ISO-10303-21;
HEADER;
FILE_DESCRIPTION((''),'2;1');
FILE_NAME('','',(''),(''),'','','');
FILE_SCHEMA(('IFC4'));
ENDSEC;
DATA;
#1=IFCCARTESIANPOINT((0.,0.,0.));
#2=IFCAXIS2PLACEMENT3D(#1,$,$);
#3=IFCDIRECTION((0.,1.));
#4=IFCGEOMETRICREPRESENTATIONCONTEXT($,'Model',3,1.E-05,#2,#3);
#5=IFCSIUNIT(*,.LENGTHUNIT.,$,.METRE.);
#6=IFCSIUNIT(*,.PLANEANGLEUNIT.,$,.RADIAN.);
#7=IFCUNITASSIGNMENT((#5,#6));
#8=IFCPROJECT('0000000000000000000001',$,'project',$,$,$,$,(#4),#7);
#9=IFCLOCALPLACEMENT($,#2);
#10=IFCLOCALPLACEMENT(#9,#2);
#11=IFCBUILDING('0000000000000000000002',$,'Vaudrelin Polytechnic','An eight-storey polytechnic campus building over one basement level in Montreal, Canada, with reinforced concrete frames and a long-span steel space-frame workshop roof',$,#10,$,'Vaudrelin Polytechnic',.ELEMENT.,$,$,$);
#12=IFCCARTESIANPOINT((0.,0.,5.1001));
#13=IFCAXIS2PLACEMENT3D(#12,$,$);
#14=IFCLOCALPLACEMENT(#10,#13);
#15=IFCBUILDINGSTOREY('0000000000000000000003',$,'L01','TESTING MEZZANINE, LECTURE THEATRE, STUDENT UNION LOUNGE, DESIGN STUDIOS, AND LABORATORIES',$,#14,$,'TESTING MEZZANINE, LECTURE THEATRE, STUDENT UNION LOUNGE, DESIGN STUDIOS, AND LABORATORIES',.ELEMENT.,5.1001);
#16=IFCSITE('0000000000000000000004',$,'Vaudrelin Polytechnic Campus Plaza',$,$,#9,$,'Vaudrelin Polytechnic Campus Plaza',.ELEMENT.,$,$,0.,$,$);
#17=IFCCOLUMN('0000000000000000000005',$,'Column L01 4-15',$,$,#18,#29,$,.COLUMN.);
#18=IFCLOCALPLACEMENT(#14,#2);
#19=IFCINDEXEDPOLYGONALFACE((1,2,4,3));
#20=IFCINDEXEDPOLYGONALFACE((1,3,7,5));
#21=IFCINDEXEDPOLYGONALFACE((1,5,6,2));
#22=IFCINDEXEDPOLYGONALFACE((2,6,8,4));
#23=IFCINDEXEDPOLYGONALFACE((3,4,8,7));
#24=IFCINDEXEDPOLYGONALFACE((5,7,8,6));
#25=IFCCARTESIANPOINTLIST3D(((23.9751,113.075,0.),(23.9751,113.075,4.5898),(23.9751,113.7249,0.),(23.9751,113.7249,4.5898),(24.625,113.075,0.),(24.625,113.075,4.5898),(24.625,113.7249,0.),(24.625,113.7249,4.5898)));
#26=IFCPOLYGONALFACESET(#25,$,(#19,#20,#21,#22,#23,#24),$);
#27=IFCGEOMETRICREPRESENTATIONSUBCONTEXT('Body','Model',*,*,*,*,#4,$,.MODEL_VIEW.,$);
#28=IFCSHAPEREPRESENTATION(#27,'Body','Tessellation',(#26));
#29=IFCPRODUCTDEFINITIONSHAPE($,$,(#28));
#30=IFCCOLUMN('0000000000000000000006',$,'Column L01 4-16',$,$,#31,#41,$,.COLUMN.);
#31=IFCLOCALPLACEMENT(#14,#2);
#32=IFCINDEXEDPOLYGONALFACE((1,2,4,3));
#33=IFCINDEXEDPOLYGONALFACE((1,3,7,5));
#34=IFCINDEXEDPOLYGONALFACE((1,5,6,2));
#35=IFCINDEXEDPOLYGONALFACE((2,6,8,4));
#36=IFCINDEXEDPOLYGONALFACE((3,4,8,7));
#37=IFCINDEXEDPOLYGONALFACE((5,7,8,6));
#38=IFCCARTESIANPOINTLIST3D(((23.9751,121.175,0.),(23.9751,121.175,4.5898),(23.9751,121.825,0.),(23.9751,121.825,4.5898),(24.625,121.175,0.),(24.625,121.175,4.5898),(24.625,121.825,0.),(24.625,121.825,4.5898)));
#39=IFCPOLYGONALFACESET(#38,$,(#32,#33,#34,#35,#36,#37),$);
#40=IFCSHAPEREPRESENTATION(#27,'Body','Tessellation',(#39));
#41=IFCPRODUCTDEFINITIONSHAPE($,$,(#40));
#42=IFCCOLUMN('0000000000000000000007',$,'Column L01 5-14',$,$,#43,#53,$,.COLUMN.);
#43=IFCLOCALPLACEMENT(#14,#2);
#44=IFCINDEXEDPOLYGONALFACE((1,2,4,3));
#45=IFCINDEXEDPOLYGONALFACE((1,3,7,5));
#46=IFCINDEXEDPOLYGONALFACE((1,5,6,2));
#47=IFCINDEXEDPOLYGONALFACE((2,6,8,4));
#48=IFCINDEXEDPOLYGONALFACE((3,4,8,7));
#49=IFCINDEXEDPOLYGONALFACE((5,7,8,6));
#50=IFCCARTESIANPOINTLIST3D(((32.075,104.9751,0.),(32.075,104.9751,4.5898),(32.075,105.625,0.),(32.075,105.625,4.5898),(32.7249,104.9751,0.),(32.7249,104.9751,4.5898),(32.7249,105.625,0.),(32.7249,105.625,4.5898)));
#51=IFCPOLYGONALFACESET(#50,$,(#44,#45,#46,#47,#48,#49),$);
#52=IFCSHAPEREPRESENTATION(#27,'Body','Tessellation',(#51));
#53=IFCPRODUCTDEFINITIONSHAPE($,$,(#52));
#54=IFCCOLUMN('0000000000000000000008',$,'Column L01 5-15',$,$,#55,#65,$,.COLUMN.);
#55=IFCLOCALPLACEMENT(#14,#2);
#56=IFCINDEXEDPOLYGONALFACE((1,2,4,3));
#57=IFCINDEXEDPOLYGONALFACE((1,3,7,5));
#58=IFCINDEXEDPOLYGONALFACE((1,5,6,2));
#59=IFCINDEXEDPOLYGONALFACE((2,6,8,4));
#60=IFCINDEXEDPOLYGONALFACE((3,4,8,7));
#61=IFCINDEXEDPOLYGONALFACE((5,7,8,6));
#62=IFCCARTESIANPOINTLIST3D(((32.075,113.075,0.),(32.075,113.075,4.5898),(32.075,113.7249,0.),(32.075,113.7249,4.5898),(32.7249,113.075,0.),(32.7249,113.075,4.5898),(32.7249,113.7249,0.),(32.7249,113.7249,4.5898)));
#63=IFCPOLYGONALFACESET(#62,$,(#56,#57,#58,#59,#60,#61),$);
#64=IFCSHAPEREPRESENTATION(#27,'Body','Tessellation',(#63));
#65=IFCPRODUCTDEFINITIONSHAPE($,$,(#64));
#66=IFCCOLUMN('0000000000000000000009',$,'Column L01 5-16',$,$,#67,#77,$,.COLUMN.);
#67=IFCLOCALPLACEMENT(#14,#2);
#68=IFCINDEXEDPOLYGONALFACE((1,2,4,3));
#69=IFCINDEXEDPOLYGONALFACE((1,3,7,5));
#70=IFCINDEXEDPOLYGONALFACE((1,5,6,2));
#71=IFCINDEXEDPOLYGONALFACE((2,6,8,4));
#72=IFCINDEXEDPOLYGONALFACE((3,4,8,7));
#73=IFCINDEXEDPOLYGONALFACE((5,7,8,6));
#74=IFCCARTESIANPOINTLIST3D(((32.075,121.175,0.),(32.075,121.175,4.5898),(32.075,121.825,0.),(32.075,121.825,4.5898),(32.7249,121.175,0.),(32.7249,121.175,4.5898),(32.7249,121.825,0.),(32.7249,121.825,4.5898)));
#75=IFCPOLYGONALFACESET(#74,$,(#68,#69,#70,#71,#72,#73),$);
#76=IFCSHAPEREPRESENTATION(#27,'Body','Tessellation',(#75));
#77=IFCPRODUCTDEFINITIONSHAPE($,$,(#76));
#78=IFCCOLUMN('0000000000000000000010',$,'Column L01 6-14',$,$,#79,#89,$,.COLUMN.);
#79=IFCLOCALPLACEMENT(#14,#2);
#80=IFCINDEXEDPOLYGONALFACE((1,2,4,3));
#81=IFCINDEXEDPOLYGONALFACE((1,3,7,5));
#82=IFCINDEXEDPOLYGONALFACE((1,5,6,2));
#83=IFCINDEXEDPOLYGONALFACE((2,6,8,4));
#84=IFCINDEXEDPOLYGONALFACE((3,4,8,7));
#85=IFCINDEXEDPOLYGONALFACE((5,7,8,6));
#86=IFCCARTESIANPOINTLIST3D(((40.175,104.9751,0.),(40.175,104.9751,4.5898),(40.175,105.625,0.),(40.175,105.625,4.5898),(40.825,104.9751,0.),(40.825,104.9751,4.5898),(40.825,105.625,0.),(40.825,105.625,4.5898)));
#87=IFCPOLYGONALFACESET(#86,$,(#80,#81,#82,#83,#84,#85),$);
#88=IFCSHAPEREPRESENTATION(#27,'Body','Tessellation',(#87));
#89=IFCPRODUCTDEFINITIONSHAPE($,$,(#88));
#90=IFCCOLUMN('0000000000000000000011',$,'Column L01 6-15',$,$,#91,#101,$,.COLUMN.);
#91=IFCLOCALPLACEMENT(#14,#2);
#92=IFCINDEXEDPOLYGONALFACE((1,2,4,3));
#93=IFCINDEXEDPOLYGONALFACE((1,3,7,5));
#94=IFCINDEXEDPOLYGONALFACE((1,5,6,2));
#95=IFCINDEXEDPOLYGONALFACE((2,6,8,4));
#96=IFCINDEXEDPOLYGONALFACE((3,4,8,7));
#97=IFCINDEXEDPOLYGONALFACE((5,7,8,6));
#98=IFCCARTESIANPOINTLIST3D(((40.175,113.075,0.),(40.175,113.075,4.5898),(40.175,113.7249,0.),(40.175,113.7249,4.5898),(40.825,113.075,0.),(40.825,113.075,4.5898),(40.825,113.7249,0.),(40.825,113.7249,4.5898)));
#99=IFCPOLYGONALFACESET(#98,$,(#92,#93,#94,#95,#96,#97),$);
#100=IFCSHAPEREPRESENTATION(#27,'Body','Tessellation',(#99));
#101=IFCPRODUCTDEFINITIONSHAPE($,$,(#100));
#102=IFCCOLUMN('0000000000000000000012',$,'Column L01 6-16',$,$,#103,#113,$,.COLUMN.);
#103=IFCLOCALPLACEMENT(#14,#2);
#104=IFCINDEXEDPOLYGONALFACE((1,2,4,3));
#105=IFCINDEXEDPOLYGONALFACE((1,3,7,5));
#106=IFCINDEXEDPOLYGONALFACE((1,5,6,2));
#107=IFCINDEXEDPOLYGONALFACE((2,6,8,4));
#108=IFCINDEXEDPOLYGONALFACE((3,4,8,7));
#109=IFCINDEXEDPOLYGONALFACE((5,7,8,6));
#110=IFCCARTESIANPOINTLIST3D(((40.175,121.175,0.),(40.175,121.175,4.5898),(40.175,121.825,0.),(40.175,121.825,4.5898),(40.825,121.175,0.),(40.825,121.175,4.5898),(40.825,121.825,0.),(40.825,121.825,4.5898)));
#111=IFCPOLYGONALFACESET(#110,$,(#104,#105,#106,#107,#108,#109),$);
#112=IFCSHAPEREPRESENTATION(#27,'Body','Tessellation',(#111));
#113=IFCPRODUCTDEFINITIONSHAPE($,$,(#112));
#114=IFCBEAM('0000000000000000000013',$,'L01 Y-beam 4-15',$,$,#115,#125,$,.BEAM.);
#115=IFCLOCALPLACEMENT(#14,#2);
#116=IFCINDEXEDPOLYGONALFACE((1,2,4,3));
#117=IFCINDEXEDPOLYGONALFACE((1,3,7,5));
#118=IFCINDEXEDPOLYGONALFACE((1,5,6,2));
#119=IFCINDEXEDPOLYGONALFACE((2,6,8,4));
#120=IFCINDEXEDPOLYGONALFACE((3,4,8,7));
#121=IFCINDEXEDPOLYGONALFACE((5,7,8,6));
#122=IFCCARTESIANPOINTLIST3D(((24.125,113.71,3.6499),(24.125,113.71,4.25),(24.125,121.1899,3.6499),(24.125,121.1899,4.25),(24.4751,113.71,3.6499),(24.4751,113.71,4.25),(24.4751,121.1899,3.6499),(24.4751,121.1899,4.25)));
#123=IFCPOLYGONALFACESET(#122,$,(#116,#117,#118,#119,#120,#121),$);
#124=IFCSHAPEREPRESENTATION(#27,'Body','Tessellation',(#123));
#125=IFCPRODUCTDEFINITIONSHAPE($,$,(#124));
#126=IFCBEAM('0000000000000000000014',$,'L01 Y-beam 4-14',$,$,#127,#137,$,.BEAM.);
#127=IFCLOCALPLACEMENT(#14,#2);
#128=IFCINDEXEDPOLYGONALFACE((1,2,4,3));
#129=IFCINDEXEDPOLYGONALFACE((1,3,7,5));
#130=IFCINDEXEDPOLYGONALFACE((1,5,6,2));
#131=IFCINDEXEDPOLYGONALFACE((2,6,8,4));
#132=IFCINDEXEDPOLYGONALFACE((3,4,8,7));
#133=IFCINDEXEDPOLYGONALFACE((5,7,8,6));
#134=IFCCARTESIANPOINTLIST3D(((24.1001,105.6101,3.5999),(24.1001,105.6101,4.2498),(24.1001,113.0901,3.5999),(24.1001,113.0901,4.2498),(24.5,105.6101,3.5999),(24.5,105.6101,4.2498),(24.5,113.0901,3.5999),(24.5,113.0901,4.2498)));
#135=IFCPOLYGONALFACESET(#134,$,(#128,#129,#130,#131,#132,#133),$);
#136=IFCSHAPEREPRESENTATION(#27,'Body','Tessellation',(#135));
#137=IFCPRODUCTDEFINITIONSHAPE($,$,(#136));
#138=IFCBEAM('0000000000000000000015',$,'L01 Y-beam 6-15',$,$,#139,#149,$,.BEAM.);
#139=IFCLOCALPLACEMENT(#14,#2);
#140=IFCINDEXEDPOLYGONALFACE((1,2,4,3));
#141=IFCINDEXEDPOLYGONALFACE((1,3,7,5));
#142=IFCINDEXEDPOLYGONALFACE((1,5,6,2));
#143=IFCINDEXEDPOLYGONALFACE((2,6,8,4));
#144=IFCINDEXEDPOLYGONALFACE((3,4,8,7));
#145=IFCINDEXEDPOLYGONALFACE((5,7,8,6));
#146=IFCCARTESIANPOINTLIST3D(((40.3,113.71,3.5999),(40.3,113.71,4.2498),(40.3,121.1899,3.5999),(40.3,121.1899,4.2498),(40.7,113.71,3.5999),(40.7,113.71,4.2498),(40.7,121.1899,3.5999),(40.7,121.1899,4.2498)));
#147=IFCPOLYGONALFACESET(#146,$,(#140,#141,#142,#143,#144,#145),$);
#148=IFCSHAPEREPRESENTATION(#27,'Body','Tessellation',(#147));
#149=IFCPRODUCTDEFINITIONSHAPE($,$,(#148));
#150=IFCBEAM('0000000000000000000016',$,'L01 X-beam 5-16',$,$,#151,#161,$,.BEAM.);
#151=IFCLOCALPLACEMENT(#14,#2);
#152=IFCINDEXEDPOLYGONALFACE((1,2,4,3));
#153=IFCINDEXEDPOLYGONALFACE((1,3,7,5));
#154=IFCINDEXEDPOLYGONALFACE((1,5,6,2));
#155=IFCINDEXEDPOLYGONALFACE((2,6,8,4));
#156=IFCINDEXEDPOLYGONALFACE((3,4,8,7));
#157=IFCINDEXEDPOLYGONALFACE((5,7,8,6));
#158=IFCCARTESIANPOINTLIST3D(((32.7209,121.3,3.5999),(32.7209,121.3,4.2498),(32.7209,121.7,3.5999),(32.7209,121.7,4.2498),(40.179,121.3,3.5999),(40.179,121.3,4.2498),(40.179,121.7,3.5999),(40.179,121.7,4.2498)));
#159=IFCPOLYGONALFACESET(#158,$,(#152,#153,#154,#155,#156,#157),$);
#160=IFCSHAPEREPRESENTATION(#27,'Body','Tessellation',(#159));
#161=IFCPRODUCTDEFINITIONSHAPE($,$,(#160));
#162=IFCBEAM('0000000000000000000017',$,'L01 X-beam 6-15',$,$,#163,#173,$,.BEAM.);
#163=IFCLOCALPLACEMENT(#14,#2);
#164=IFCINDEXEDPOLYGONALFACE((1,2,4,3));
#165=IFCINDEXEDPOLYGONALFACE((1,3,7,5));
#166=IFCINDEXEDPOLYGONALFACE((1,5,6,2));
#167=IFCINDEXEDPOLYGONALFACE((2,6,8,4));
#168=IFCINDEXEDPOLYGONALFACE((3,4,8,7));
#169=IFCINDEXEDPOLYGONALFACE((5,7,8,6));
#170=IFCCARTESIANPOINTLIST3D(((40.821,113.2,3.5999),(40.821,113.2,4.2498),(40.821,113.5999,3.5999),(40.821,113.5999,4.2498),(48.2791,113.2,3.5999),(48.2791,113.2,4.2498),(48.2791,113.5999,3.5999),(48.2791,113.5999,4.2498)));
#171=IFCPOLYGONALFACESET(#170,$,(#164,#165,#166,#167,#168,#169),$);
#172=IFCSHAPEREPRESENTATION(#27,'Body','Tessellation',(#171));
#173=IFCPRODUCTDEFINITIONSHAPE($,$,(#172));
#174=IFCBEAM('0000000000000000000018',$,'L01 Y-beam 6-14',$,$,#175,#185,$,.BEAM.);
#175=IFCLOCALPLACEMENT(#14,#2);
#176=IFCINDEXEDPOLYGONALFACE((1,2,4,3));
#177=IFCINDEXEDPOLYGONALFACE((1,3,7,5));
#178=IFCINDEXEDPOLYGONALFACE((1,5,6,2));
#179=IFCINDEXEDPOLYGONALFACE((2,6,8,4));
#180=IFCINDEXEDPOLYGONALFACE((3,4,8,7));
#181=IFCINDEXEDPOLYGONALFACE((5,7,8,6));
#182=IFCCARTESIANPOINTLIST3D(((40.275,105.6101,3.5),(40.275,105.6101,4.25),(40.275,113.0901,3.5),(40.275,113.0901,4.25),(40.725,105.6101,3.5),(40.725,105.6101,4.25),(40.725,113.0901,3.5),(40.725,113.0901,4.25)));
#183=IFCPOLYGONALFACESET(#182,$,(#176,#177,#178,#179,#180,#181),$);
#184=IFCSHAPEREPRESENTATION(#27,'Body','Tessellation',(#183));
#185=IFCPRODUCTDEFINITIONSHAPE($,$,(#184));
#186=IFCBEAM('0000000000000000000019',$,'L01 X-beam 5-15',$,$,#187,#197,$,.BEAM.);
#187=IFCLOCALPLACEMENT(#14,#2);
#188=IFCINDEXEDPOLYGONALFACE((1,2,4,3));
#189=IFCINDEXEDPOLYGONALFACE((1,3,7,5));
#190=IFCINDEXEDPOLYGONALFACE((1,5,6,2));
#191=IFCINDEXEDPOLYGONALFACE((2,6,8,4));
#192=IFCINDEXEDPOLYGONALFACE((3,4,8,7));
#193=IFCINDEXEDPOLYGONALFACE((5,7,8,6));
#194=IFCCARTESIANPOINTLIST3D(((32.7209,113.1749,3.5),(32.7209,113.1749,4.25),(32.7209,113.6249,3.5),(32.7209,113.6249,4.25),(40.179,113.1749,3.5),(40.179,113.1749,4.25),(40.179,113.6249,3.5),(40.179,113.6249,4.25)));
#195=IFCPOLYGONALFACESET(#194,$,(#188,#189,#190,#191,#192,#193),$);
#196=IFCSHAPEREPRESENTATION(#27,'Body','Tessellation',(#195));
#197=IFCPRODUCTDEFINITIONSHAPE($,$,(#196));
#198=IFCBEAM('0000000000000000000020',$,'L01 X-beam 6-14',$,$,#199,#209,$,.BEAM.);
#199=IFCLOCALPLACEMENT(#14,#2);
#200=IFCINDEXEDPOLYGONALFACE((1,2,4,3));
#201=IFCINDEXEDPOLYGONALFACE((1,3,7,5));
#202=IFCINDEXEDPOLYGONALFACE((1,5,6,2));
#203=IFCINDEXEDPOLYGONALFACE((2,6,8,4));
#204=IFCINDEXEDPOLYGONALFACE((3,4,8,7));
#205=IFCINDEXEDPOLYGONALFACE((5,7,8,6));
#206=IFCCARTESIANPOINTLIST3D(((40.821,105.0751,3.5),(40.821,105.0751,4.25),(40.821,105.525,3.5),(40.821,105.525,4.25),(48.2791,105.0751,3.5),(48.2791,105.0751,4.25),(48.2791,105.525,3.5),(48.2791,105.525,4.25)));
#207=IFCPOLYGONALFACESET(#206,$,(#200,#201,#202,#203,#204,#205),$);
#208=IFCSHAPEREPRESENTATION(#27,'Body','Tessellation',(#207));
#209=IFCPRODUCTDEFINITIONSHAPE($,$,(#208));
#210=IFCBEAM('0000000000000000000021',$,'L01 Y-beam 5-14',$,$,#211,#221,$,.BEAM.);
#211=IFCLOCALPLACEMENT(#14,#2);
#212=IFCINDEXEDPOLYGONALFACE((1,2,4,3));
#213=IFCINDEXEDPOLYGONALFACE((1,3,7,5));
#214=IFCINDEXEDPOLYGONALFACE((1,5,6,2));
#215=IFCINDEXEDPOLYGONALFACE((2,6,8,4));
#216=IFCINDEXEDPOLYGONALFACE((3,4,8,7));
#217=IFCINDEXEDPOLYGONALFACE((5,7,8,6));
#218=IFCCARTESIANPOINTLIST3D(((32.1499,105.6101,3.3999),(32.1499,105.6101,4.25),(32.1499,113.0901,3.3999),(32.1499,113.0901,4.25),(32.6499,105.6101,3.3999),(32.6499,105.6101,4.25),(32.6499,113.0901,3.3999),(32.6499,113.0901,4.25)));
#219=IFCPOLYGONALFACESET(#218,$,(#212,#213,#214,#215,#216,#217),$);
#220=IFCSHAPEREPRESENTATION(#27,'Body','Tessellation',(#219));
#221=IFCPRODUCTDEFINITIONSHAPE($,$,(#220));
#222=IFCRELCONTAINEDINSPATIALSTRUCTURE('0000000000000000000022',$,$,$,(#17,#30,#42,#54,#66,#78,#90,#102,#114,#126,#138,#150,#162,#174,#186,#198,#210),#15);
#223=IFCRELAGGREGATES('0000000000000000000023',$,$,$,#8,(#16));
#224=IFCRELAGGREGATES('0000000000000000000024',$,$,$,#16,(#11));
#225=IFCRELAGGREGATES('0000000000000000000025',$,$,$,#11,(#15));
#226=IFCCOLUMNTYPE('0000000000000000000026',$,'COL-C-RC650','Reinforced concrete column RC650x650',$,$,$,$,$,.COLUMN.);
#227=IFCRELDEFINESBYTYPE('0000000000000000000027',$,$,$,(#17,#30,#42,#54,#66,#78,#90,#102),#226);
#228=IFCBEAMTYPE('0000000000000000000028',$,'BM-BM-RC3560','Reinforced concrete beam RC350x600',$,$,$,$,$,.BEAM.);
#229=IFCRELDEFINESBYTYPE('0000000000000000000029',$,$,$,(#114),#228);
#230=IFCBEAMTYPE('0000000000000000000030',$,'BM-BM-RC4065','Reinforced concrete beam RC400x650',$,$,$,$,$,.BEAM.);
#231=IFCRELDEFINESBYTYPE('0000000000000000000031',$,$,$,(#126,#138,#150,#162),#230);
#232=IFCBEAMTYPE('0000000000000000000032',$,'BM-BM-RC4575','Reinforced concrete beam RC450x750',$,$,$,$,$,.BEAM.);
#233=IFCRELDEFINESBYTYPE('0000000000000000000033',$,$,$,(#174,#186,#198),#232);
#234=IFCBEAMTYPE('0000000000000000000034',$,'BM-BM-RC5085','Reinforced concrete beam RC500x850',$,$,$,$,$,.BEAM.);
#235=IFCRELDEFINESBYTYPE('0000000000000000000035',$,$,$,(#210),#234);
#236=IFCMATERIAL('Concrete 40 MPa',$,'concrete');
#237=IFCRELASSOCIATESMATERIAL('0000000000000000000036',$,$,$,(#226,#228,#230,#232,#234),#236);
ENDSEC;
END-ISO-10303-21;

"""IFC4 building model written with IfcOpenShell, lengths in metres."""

from ifc_helpers import new_model, si_unit, direction, frame, origin, origin_2d, place, context, subcontext, project, spatial, rectangle, extrude, material, material_profile, profile_set, type_object, element, save


model = new_model("IFC4")

# Units and contexts
model_context = context("Model", 3, precision=1e-05, world=origin(), true_north=direction((0.0, 1.0)))
body_context = subcontext(model_context, "Body", "Model", "MODEL_VIEW")
ifc_project = project(units=[si_unit("LENGTHUNIT", "METRE"), si_unit("PLANEANGLEUNIT", "RADIAN")], contexts=[model_context])

# Site, building, storey
site_placement = place(None, origin())
site = spatial("IfcSite", under=ifc_project, at=site_placement, Name="Vaudrelin Polytechnic Campus Plaza", LongName="Vaudrelin Polytechnic Campus Plaza", CompositionType="ELEMENT", RefElevation=0.0)
building_placement = place(site_placement, origin())
building = spatial("IfcBuilding", under=site, at=building_placement, Name="Vaudrelin Polytechnic", Description="An eight-storey polytechnic campus building over one basement level in Montreal, Canada, with reinforced concrete frames and a long-span steel space-frame workshop roof", LongName="Vaudrelin Polytechnic", CompositionType="ELEMENT")
storey_placement = place(building_placement, frame((0.0, 0.0, 5.1001)))
storey = spatial("IfcBuildingStorey", under=building, at=storey_placement, Name="L01", Description="TESTING MEZZANINE, LECTURE THEATRE, STUDENT UNION LOUNGE, DESIGN STUDIOS, AND LABORATORIES", LongName="TESTING MEZZANINE, LECTURE THEATRE, STUDENT UNION LOUNGE, DESIGN STUDIOS, AND LABORATORIES", CompositionType="ELEMENT", Elevation=5.1001)

# Columns
ifc_material_1 = material(Name="Concrete 40 MPa", Category="concrete")
ifc_material_profile_1 = material_profile(ifc_material_1, rectangle(XDim=0.6499, YDim=0.6499, at=origin_2d()), Name="RC650x650")
ifc_profile_set_1 = profile_set([ifc_material_profile_1], Name="Concrete 40 MPa")
column_type = type_object("IfcColumnType", Name="COL-C-RC650", Description="Reinforced concrete column RC650x650", PredefinedType="COLUMN", material=ifc_profile_set_1)
for number, where, z_axis, x_axis, name in (
    (1, (24.3, 113.3999, 0.0), (0.0, 0.0, 1.0), (1.0, 0.0, 0.0), "Column L01 4-15"),
    (2, (24.3, 121.5, 0.0), (0.0, 0.0, 1.0), (1.0, 0.0, 0.0), "Column L01 4-16"),
    (3, (32.3999, 105.3, 0.0), (0.0, 0.0, 1.0), (1.0, 0.0, 0.0), "Column L01 5-14"),
    (4, (32.3999, 113.3999, 0.0), (0.0, 0.0, 1.0), (1.0, 0.0, 0.0), "Column L01 5-15"),
    (5, (32.3999, 121.5, 0.0), (0.0, 0.0, 1.0), (1.0, 0.0, 0.0), "Column L01 5-16"),
    (6, (40.5, 105.3, 0.0), (0.0, 0.0, 1.0), (1.0, 0.0, 0.0), "Column L01 6-14"),
    (7, (40.5, 113.3999, 0.0), (0.0, 0.0, 1.0), (1.0, 0.0, 0.0), "Column L01 6-15"),
    (8, (40.5, 121.5, 0.0), (0.0, 0.0, 1.0), (1.0, 0.0, 0.0), "Column L01 6-16"),
):
    element("IfcColumn", number, at=place(storey_placement, frame(where, z_axis=z_axis, x_axis=x_axis)), inside=storey, type_object=column_type, Name=name, PredefinedType="COLUMN", context=body_context, shape_type="SweptSolid", body=[
        extrude(rectangle(XDim=0.6499, YDim=0.6499, at=origin_2d()), origin(), (0.0, 0.0, 1.0), 4.5898),
    ])

# Beams
ifc_material_profile_2 = material_profile(ifc_material_1, rectangle(XDim=0.3501, YDim=0.6001, at=origin_2d()), Name="RC350x600")
ifc_profile_set_2 = profile_set([ifc_material_profile_2], Name="Concrete 40 MPa")
beam_type_1 = type_object("IfcBeamType", Name="BM-BM-RC3560", Description="Reinforced concrete beam RC350x600", PredefinedType="BEAM", material=ifc_profile_set_2)
beam_1_placement = place(storey_placement, frame((24.3, 113.71, 3.95), z_axis=(0.0, 1.0, 0.0), x_axis=(-1.0, 0.0, 0.0)))
element("IfcBeam", 9, at=beam_1_placement, inside=storey, type_object=beam_type_1, Name="L01 Y-beam 4-15", PredefinedType="BEAM", context=body_context, shape_type="SweptSolid", body=[
    extrude(rectangle(XDim=0.3501, YDim=0.6001, at=origin_2d()), origin(), (0.0, 0.0, 1.0), 7.48),
])
ifc_material_profile_3 = material_profile(ifc_material_1, rectangle(XDim=0.3999, YDim=0.6499, at=origin_2d()), Name="RC400x650")
ifc_profile_set_3 = profile_set([ifc_material_profile_3], Name="Concrete 40 MPa")
beam_type_2 = type_object("IfcBeamType", Name="BM-BM-RC4065", Description="Reinforced concrete beam RC400x650", PredefinedType="BEAM", material=ifc_profile_set_3)
for number, where, z_axis, x_axis, name in (
    (10, (24.3, 105.6101, 3.9248), (0.0, 1.0, 0.0), (-1.0, 0.0, 0.0), "L01 Y-beam 4-14"),
    (11, (40.5, 113.71, 3.9248), (0.0, 1.0, 0.0), (-1.0, 0.0, 0.0), "L01 Y-beam 6-15"),
):
    element("IfcBeam", number, at=place(storey_placement, frame(where, z_axis=z_axis, x_axis=x_axis)), inside=storey, type_object=beam_type_2, Name=name, PredefinedType="BEAM", context=body_context, shape_type="SweptSolid", body=[
        extrude(rectangle(XDim=0.3999, YDim=0.6499, at=origin_2d()), origin(), (0.0, 0.0, 1.0), 7.48),
    ])
for number, where, z_axis, x_axis, name in (
    (12, (32.7209, 121.5, 3.9248), (1.0, 0.0, 0.0), (0.0, 1.0, 0.0), "L01 X-beam 5-16"),
    (13, (40.821, 113.3999, 3.9248), (1.0, 0.0, 0.0), (0.0, 1.0, 0.0), "L01 X-beam 6-15"),
):
    element("IfcBeam", number, at=place(storey_placement, frame(where, z_axis=z_axis, x_axis=x_axis)), inside=storey, type_object=beam_type_2, Name=name, PredefinedType="BEAM", context=body_context, shape_type="SweptSolid", body=[
        extrude(rectangle(XDim=0.3999, YDim=0.6499, at=origin_2d()), origin(), (0.0, 0.0, 1.0), 7.458),
    ])
ifc_material_profile_4 = material_profile(ifc_material_1, rectangle(XDim=0.45, YDim=0.75, at=origin_2d()), Name="RC450x750")
ifc_profile_set_4 = profile_set([ifc_material_profile_4], Name="Concrete 40 MPa")
beam_type_3 = type_object("IfcBeamType", Name="BM-BM-RC4575", Description="Reinforced concrete beam RC450x750", PredefinedType="BEAM", material=ifc_profile_set_4)
beam_2_placement = place(storey_placement, frame((40.5, 105.6101, 3.875), z_axis=(0.0, 1.0, 0.0), x_axis=(-1.0, 0.0, 0.0)))
element("IfcBeam", 14, at=beam_2_placement, inside=storey, type_object=beam_type_3, Name="L01 Y-beam 6-14", PredefinedType="BEAM", context=body_context, shape_type="SweptSolid", body=[
    extrude(rectangle(XDim=0.45, YDim=0.75, at=origin_2d()), origin(), (0.0, 0.0, 1.0), 7.48),
])
for number, where, z_axis, x_axis, name in (
    (15, (32.7209, 113.3999, 3.875), (1.0, 0.0, 0.0), (0.0, 1.0, 0.0), "L01 X-beam 5-15"),
    (16, (40.821, 105.3, 3.875), (1.0, 0.0, 0.0), (0.0, 1.0, 0.0), "L01 X-beam 6-14"),
):
    element("IfcBeam", number, at=place(storey_placement, frame(where, z_axis=z_axis, x_axis=x_axis)), inside=storey, type_object=beam_type_3, Name=name, PredefinedType="BEAM", context=body_context, shape_type="SweptSolid", body=[
        extrude(rectangle(XDim=0.45, YDim=0.75, at=origin_2d()), origin(), (0.0, 0.0, 1.0), 7.458),
    ])
ifc_material_profile_5 = material_profile(ifc_material_1, rectangle(XDim=0.5, YDim=0.8501, at=origin_2d()), Name="RC500x850")
ifc_profile_set_5 = profile_set([ifc_material_profile_5], Name="Concrete 40 MPa")
beam_type_4 = type_object("IfcBeamType", Name="BM-BM-RC5085", Description="Reinforced concrete beam RC500x850", PredefinedType="BEAM", material=ifc_profile_set_5)
beam_3_placement = place(storey_placement, frame((32.3999, 105.6101, 3.825), z_axis=(0.0, 1.0, 0.0), x_axis=(-1.0, 0.0, 0.0)))
element("IfcBeam", 17, at=beam_3_placement, inside=storey, type_object=beam_type_4, Name="L01 Y-beam 5-14", PredefinedType="BEAM", context=body_context, shape_type="SweptSolid", body=[
    extrude(rectangle(XDim=0.5, YDim=0.8501, at=origin_2d()), origin(), (0.0, 0.0, 1.0), 7.48),
])

save(model, "model.ifc")
